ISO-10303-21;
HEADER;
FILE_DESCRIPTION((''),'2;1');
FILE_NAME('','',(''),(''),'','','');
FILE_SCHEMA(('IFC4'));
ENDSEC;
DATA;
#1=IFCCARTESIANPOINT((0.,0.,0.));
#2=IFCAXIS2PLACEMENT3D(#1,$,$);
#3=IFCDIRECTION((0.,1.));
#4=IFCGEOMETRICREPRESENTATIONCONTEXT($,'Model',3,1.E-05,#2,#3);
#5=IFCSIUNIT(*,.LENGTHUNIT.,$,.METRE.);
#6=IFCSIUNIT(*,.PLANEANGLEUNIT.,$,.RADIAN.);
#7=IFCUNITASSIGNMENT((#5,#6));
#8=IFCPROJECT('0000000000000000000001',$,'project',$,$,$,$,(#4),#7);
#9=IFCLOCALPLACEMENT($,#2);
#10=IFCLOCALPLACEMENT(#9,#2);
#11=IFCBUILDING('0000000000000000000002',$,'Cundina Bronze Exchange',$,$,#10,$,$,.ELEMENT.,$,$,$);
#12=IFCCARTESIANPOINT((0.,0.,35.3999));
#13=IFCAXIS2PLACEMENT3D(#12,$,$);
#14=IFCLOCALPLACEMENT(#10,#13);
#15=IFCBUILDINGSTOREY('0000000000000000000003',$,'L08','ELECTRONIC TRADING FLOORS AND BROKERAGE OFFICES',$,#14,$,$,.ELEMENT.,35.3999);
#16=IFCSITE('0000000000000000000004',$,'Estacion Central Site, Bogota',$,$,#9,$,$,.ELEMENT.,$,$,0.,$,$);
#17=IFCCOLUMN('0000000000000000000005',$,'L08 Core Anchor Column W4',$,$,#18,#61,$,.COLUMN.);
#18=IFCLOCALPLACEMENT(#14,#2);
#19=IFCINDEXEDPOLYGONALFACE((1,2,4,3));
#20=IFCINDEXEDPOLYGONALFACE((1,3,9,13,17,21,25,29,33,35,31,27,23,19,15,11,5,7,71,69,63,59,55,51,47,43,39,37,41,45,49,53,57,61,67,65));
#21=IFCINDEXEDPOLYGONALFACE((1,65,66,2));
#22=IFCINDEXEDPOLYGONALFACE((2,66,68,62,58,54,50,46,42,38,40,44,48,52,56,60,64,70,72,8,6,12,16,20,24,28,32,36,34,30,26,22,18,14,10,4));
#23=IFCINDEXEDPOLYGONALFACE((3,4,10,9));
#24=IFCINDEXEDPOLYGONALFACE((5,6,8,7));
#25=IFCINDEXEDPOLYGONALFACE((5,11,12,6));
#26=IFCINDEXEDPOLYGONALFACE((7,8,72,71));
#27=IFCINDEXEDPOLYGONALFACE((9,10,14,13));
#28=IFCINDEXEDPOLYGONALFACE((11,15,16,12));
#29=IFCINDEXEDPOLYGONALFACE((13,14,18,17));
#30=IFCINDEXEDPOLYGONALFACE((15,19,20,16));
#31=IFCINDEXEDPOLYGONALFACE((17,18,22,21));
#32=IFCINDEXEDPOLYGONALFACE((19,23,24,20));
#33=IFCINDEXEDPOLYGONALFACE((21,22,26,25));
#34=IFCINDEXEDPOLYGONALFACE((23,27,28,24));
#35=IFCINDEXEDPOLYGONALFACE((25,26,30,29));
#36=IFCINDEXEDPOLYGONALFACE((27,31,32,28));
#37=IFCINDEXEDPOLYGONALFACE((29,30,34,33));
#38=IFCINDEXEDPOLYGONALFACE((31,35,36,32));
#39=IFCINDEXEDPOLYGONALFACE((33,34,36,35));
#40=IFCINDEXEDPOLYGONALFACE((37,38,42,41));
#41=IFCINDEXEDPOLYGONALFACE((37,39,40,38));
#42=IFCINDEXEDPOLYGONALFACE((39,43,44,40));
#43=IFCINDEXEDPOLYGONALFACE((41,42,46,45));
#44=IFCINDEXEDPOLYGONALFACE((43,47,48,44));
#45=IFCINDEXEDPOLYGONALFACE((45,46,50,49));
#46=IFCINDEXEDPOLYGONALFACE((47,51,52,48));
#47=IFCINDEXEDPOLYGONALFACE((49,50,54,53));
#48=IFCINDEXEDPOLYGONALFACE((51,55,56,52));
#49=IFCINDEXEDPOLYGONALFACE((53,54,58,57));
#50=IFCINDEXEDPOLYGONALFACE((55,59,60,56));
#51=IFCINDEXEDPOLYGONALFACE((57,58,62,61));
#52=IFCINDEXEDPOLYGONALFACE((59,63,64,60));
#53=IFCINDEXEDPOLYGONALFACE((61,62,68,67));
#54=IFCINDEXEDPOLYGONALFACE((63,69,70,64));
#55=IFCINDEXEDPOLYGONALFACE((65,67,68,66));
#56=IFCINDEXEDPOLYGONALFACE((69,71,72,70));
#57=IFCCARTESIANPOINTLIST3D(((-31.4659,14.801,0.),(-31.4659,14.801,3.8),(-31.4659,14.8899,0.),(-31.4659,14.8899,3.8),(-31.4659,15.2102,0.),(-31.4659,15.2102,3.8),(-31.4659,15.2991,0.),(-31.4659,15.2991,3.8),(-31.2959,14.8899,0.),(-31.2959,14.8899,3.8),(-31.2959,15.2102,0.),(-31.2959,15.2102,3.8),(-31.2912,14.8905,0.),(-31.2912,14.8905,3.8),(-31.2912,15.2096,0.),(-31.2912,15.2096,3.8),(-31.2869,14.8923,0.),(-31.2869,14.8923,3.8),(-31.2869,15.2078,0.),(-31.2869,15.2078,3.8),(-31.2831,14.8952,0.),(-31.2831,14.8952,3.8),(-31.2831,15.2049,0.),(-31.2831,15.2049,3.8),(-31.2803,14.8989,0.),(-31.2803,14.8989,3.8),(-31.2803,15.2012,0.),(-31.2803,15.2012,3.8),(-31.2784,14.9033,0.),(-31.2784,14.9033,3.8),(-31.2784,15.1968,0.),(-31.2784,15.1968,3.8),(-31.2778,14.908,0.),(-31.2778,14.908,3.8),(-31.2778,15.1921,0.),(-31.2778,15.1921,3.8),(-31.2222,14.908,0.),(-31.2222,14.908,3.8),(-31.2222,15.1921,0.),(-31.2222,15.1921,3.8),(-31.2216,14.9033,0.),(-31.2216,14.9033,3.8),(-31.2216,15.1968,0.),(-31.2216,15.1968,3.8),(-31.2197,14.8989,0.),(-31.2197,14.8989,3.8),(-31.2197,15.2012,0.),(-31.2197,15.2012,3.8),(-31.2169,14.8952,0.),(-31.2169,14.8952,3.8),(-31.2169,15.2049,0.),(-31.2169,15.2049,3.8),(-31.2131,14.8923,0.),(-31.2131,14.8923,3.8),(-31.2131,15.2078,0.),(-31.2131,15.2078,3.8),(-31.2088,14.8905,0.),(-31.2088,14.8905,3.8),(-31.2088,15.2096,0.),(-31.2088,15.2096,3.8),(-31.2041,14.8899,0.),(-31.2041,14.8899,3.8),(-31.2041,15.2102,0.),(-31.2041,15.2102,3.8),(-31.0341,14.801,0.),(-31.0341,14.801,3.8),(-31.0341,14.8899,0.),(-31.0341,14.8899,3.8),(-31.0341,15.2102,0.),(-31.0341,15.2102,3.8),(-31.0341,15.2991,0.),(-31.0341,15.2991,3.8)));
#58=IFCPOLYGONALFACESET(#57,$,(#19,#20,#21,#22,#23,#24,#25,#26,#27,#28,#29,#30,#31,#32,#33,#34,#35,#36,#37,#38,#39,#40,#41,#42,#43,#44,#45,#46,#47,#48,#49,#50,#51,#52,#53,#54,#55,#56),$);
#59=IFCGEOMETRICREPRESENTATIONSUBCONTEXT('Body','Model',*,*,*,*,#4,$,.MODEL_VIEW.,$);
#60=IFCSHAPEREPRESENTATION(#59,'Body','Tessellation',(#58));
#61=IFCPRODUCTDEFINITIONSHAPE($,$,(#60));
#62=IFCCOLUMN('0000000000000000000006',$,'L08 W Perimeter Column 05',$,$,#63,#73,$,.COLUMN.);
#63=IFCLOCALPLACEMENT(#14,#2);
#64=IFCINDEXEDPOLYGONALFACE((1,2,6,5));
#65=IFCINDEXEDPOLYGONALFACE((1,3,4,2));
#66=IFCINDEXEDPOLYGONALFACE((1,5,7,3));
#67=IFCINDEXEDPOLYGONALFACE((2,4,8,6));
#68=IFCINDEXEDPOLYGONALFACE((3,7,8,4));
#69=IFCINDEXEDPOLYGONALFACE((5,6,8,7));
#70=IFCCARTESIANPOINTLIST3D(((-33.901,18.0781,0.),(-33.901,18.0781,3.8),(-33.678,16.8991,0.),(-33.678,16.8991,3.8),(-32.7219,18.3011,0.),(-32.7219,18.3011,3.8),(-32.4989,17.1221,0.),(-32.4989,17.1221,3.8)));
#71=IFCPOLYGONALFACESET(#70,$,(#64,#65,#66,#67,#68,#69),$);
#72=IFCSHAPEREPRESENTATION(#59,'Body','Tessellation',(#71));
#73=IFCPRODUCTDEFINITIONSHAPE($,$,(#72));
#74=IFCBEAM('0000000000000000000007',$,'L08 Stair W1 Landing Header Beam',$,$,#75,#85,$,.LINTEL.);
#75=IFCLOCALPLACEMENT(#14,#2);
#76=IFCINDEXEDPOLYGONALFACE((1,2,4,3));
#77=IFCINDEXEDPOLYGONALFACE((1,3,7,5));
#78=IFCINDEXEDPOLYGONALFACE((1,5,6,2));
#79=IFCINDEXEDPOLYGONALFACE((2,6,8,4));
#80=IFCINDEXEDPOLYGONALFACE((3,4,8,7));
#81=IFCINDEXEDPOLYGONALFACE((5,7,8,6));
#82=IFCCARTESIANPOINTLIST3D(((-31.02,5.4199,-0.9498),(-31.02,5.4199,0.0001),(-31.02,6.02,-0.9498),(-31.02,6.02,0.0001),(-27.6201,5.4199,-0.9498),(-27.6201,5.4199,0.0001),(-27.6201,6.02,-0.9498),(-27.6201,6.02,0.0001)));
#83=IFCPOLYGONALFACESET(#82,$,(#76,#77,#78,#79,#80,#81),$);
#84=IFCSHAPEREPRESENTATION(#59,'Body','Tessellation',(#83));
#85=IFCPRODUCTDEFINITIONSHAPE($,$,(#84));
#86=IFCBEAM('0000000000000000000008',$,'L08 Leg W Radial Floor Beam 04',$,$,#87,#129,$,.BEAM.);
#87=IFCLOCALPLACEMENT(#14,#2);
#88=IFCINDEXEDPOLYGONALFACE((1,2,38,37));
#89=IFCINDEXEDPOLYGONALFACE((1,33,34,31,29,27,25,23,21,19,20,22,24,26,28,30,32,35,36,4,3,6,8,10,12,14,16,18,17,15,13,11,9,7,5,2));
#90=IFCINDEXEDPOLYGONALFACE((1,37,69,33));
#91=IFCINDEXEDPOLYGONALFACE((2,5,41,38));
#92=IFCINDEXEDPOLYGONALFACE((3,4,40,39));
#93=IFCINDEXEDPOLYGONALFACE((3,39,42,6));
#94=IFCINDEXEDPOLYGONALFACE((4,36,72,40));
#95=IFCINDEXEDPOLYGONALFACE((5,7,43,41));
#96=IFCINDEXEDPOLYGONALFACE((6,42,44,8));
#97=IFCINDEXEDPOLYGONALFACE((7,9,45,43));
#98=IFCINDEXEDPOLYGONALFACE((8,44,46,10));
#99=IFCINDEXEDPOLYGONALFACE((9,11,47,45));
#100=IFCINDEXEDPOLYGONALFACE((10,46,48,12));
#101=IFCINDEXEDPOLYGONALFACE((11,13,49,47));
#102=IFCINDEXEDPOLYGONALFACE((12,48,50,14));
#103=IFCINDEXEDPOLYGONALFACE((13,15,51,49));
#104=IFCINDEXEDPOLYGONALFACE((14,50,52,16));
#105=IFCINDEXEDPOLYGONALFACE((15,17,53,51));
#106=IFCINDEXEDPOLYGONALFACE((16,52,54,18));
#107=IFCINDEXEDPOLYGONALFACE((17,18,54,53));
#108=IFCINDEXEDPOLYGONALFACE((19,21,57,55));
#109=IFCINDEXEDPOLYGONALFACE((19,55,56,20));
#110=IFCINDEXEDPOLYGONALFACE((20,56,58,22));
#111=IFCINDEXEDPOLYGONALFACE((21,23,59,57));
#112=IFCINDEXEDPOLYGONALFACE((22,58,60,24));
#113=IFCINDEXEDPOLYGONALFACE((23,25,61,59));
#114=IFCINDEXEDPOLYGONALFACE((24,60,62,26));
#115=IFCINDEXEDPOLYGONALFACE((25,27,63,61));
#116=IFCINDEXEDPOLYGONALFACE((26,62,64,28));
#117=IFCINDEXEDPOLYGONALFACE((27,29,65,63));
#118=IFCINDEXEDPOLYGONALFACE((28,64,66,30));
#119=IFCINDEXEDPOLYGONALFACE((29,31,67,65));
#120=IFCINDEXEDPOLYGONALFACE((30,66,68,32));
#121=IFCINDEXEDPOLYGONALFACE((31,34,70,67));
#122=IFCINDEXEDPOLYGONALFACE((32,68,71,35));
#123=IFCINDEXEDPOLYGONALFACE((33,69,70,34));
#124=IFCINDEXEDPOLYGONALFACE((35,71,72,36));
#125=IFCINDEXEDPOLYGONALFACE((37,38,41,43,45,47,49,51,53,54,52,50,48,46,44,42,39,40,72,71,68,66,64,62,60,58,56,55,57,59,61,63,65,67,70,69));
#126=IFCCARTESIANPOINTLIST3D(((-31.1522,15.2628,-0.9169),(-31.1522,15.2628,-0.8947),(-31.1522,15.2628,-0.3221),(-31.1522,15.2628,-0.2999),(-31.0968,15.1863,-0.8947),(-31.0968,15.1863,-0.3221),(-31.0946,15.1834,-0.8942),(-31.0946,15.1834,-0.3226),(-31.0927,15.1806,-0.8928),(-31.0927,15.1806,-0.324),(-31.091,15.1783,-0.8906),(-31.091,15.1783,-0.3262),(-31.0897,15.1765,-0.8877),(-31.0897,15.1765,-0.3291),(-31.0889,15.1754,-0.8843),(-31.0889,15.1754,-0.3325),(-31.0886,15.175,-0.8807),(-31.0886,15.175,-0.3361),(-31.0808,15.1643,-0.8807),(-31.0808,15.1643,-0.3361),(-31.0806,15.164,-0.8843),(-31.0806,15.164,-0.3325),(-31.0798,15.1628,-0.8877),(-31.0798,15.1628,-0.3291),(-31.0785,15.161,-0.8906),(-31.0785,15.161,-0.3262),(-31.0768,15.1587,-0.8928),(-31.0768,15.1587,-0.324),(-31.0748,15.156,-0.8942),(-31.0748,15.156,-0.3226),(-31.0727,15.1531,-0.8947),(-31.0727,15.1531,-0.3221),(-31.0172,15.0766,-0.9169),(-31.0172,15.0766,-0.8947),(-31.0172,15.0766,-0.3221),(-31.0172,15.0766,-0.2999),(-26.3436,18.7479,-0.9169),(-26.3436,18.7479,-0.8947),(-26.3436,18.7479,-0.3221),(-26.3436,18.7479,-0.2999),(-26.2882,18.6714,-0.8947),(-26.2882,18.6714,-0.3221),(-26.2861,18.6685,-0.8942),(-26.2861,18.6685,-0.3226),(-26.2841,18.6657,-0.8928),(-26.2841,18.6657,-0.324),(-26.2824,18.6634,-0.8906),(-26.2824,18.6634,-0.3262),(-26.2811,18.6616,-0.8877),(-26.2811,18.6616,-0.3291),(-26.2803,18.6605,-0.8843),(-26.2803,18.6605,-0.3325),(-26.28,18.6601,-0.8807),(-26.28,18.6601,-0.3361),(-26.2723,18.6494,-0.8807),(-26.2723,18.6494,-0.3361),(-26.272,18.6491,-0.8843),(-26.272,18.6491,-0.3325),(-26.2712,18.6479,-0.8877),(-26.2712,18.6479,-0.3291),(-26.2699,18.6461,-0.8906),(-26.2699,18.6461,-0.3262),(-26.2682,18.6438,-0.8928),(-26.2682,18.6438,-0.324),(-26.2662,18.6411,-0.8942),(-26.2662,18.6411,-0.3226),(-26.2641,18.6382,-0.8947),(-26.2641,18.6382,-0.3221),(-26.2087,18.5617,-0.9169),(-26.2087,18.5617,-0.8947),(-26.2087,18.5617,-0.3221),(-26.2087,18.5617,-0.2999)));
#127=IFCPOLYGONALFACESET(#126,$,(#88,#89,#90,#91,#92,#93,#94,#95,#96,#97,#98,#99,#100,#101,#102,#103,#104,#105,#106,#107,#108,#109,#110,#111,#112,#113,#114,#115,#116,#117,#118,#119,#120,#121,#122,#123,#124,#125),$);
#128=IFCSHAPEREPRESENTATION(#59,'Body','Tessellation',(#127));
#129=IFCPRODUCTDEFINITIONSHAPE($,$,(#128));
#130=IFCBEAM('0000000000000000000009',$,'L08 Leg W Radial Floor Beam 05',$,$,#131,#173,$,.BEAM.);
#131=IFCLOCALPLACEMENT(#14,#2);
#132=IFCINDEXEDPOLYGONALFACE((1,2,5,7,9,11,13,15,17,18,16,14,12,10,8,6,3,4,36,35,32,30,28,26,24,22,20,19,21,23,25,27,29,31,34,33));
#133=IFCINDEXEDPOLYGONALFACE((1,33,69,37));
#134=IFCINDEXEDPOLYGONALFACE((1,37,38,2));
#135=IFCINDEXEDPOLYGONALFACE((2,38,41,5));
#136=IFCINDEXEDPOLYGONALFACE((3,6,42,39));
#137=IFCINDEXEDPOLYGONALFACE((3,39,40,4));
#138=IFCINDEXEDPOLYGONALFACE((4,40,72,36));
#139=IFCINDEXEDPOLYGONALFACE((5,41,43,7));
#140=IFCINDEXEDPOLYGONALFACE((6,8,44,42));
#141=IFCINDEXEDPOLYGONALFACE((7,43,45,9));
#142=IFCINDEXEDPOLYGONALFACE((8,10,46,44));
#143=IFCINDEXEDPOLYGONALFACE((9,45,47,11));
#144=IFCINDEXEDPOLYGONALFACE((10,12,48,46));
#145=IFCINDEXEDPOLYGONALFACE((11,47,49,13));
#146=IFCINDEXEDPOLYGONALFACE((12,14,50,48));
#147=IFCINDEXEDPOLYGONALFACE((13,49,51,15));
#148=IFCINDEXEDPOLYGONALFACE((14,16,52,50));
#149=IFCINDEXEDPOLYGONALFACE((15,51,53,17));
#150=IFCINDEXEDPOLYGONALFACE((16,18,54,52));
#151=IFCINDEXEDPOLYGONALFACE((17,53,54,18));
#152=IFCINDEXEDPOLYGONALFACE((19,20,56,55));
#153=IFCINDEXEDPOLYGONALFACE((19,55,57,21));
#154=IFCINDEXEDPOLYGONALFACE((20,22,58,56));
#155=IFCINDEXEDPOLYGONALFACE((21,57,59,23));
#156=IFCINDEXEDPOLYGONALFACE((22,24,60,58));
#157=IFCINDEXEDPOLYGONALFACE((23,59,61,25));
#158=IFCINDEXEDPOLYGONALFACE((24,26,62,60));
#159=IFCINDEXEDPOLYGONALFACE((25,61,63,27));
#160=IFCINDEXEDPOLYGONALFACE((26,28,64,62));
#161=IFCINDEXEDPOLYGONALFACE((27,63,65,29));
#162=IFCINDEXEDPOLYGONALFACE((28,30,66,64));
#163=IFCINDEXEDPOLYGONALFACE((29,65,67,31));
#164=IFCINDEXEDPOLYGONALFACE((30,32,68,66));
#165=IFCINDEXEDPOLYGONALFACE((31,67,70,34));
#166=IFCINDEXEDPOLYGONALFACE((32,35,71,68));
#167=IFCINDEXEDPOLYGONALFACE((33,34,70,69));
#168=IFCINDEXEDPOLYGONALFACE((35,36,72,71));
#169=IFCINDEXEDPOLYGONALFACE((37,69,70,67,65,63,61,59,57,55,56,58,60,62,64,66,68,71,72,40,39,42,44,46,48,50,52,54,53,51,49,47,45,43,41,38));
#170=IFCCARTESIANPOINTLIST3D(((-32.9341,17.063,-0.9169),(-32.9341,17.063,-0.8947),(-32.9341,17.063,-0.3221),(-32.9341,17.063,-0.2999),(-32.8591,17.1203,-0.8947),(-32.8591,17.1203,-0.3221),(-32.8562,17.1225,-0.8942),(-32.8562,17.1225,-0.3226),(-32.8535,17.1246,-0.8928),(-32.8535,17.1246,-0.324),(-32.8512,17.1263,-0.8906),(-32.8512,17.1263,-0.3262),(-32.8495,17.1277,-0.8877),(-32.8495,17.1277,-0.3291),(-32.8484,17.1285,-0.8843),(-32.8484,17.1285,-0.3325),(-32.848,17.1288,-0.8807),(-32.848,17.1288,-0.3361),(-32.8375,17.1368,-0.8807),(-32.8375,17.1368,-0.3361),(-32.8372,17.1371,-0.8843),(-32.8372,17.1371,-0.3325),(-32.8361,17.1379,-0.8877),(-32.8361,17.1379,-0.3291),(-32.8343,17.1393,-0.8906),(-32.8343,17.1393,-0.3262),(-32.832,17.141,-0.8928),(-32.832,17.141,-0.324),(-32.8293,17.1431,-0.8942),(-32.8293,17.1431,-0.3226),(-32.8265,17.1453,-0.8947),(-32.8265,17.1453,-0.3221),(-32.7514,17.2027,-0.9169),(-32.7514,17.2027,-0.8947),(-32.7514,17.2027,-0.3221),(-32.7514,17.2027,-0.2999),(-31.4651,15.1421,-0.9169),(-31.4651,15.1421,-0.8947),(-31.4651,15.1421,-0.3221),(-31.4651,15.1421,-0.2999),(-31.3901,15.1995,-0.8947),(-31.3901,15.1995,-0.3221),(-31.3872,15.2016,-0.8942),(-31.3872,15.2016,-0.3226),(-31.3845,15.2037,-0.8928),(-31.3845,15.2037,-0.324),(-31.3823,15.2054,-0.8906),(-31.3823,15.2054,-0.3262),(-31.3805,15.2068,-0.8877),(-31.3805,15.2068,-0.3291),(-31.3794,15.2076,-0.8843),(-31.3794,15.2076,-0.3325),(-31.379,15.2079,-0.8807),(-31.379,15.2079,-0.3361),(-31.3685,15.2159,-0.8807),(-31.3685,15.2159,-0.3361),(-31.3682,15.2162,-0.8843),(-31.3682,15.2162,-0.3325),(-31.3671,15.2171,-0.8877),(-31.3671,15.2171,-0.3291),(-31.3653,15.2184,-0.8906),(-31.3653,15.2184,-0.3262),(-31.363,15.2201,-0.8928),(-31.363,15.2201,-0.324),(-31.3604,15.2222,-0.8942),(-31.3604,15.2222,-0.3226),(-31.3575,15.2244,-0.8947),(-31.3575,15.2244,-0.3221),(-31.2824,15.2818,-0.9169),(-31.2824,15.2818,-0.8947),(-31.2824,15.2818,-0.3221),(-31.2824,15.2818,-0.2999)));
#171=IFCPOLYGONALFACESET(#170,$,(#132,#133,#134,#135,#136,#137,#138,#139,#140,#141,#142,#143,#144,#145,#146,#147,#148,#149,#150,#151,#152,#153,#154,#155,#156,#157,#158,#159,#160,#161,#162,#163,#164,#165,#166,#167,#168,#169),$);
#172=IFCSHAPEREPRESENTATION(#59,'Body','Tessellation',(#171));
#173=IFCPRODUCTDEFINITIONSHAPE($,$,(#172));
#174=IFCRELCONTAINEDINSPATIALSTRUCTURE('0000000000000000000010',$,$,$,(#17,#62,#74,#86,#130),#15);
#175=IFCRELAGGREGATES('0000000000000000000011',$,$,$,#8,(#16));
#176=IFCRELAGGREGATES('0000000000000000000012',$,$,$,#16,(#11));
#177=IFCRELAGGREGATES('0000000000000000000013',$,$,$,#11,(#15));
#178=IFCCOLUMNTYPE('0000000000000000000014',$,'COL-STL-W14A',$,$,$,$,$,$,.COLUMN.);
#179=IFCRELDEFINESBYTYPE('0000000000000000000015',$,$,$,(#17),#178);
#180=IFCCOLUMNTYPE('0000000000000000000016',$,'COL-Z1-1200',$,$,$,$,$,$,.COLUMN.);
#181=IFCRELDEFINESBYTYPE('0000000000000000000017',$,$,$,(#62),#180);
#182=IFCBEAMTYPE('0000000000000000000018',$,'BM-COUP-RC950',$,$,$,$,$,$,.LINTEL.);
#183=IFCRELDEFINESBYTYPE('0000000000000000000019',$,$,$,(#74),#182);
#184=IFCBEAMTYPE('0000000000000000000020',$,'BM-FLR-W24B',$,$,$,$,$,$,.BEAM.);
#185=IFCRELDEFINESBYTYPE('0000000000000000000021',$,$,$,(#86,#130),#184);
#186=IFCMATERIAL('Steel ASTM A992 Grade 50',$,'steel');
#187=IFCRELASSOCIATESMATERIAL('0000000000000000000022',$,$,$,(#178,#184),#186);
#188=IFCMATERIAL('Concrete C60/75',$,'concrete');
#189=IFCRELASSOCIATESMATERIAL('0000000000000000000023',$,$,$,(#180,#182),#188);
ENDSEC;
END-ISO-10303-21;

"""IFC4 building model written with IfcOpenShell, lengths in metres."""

from ifc_helpers import new_model, si_unit, direction, frame, origin, origin_2d, place, context, subcontext, project, spatial, rectangle, i_section, extrude, material, material_profile, profile_set, type_object, element, save


model = new_model("IFC4")

# Units and contexts
model_context = context("Model", 3, precision=1e-05, world=origin(), true_north=direction((0.0, 1.0)))
body_context = subcontext(model_context, "Body", "Model", "MODEL_VIEW")
ifc_project = project(units=[si_unit("LENGTHUNIT", "METRE"), si_unit("PLANEANGLEUNIT", "RADIAN")], contexts=[model_context])

# Site, building, storey
site_placement = place(None, origin())
site = spatial("IfcSite", under=ifc_project, at=site_placement, Name="Estacion Central Site, Bogota", CompositionType="ELEMENT", RefElevation=0.0)
building_placement = place(site_placement, origin())
building = spatial("IfcBuilding", under=site, at=building_placement, Name="Cundina Bronze Exchange", CompositionType="ELEMENT")
storey_placement = place(building_placement, frame((0.0, 0.0, 35.3999)))
storey = spatial("IfcBuildingStorey", under=building, at=storey_placement, Name="L08", Description="ELECTRONIC TRADING FLOORS AND BROKERAGE OFFICES", CompositionType="ELEMENT", Elevation=35.3999)

# Columns
ifc_material_1 = material(Name="Steel ASTM A992 Grade 50", Category="steel")
ifc_material_profile_1 = material_profile(ifc_material_1, i_section(OverallWidth=0.4319, OverallDepth=0.498, WebThickness=0.0557, FlangeThickness=0.0889, FilletRadius=0.0181, at=origin_2d()), Name="W14X500", Category="steel")
ifc_profile_set_1 = profile_set([ifc_material_profile_1], Name="Steel ASTM A992 Grade 50")
column_type_1 = type_object("IfcColumnType", Name="COL-STL-W14A", PredefinedType="COLUMN", material=ifc_profile_set_1)
column_1_placement = place(storey_placement, frame((-31.25, 15.05, 0.0), z_axis=(0.0, 0.0, 1.0), x_axis=(1.0, 0.0, 0.0)))
element("IfcColumn", 1, at=column_1_placement, inside=storey, type_object=column_type_1, Name="L08 Core Anchor Column W4", PredefinedType="COLUMN", context=body_context, shape_type="SweptSolid", body=[
    extrude(i_section(OverallWidth=0.4319, OverallDepth=0.498, WebThickness=0.0557, FlangeThickness=0.0889, FilletRadius=0.0181, at=origin_2d()), origin(), (0.0, 0.0, 1.0), 3.8),
])
ifc_material_2 = material(Name="Concrete C60/75", Category="concrete")
ifc_material_profile_2 = material_profile(ifc_material_2, rectangle(XDim=1.2, YDim=1.2, at=origin_2d()), Name="RC1200X1200", Category="concrete")
ifc_profile_set_2 = profile_set([ifc_material_profile_2], Name="Concrete C60/75")
column_type_2 = type_object("IfcColumnType", Name="COL-Z1-1200", PredefinedType="COLUMN", material=ifc_profile_set_2)
column_2_placement = place(storey_placement, frame((-33.2, 17.6001, 0.0), z_axis=(0.0, 0.0, 1.0), x_axis=(-0.98258, -0.185838, 0.0)))
element("IfcColumn", 2, at=column_2_placement, inside=storey, type_object=column_type_2, Name="L08 W Perimeter Column 05", PredefinedType="COLUMN", context=body_context, shape_type="SweptSolid", body=[
    extrude(rectangle(XDim=1.2, YDim=1.2, at=origin_2d()), origin(), (0.0, 0.0, 1.0), 3.8),
])

# Beams
ifc_material_profile_3 = material_profile(ifc_material_2, rectangle(XDim=0.6001, YDim=0.95, at=origin_2d()), Name="RC600X950", Category="concrete")
ifc_profile_set_3 = profile_set([ifc_material_profile_3], Name="Concrete C60/75")
beam_type_1 = type_object("IfcBeamType", Name="BM-COUP-RC950", PredefinedType="LINTEL", material=ifc_profile_set_3)
beam_1_placement = place(storey_placement, frame((-31.02, 5.72, -0.4749), z_axis=(1.0, 0.0, 0.0), x_axis=(0.0, 1.0, 0.0)))
element("IfcBeam", 3, at=beam_1_placement, inside=storey, type_object=beam_type_1, Name="L08 Stair W1 Landing Header Beam", PredefinedType="LINTEL", context=body_context, shape_type="SweptSolid", body=[
    extrude(rectangle(XDim=0.6001, YDim=0.95, at=origin_2d()), origin(), (0.0, 0.0, 1.0), 3.3999),
])
ifc_material_profile_4 = material_profile(ifc_material_1, i_section(OverallWidth=0.23, OverallDepth=0.6169, WebThickness=0.0132, FlangeThickness=0.0222, FilletRadius=0.0139, at=origin_2d()), Name="W24X94", Category="steel")
ifc_profile_set_4 = profile_set([ifc_material_profile_4], Name="Steel ASTM A992 Grade 50")
beam_type_2 = type_object("IfcBeamType", Name="BM-FLR-W24B", PredefinedType="BEAM", material=ifc_profile_set_4)
beam_2_placement = place(storey_placement, frame((-31.0847, 15.1697, -0.6084), z_axis=(0.8097, 0.586844, 0.0), x_axis=(-0.586844, 0.8097, 0.0)))
element("IfcBeam", 4, at=beam_2_placement, inside=storey, type_object=beam_type_2, Name="L08 Leg W Radial Floor Beam 04", PredefinedType="BEAM", context=body_context, shape_type="SweptSolid", body=[
    extrude(i_section(OverallWidth=0.23, OverallDepth=0.6169, WebThickness=0.0132, FlangeThickness=0.0222, FilletRadius=0.0139, at=origin_2d()), origin(), (0.0, 0.0, 1.0), 5.9387),
])
beam_3_placement = place(storey_placement, frame((-31.3738, 15.2119, -0.6084), z_axis=(-0.607469, 0.794344, 0.0), x_axis=(-0.794344, -0.607469, 0.0)))
element("IfcBeam", 5, at=beam_3_placement, inside=storey, type_object=beam_type_2, Name="L08 Leg W Radial Floor Beam 05", PredefinedType="BEAM", context=body_context, shape_type="SweptSolid", body=[
    extrude(i_section(OverallWidth=0.23, OverallDepth=0.6169, WebThickness=0.0132, FlangeThickness=0.0222, FilletRadius=0.0139, at=origin_2d()), origin(), (0.0, 0.0, 1.0), 2.4182),
])

save(model, "model.ifc")
